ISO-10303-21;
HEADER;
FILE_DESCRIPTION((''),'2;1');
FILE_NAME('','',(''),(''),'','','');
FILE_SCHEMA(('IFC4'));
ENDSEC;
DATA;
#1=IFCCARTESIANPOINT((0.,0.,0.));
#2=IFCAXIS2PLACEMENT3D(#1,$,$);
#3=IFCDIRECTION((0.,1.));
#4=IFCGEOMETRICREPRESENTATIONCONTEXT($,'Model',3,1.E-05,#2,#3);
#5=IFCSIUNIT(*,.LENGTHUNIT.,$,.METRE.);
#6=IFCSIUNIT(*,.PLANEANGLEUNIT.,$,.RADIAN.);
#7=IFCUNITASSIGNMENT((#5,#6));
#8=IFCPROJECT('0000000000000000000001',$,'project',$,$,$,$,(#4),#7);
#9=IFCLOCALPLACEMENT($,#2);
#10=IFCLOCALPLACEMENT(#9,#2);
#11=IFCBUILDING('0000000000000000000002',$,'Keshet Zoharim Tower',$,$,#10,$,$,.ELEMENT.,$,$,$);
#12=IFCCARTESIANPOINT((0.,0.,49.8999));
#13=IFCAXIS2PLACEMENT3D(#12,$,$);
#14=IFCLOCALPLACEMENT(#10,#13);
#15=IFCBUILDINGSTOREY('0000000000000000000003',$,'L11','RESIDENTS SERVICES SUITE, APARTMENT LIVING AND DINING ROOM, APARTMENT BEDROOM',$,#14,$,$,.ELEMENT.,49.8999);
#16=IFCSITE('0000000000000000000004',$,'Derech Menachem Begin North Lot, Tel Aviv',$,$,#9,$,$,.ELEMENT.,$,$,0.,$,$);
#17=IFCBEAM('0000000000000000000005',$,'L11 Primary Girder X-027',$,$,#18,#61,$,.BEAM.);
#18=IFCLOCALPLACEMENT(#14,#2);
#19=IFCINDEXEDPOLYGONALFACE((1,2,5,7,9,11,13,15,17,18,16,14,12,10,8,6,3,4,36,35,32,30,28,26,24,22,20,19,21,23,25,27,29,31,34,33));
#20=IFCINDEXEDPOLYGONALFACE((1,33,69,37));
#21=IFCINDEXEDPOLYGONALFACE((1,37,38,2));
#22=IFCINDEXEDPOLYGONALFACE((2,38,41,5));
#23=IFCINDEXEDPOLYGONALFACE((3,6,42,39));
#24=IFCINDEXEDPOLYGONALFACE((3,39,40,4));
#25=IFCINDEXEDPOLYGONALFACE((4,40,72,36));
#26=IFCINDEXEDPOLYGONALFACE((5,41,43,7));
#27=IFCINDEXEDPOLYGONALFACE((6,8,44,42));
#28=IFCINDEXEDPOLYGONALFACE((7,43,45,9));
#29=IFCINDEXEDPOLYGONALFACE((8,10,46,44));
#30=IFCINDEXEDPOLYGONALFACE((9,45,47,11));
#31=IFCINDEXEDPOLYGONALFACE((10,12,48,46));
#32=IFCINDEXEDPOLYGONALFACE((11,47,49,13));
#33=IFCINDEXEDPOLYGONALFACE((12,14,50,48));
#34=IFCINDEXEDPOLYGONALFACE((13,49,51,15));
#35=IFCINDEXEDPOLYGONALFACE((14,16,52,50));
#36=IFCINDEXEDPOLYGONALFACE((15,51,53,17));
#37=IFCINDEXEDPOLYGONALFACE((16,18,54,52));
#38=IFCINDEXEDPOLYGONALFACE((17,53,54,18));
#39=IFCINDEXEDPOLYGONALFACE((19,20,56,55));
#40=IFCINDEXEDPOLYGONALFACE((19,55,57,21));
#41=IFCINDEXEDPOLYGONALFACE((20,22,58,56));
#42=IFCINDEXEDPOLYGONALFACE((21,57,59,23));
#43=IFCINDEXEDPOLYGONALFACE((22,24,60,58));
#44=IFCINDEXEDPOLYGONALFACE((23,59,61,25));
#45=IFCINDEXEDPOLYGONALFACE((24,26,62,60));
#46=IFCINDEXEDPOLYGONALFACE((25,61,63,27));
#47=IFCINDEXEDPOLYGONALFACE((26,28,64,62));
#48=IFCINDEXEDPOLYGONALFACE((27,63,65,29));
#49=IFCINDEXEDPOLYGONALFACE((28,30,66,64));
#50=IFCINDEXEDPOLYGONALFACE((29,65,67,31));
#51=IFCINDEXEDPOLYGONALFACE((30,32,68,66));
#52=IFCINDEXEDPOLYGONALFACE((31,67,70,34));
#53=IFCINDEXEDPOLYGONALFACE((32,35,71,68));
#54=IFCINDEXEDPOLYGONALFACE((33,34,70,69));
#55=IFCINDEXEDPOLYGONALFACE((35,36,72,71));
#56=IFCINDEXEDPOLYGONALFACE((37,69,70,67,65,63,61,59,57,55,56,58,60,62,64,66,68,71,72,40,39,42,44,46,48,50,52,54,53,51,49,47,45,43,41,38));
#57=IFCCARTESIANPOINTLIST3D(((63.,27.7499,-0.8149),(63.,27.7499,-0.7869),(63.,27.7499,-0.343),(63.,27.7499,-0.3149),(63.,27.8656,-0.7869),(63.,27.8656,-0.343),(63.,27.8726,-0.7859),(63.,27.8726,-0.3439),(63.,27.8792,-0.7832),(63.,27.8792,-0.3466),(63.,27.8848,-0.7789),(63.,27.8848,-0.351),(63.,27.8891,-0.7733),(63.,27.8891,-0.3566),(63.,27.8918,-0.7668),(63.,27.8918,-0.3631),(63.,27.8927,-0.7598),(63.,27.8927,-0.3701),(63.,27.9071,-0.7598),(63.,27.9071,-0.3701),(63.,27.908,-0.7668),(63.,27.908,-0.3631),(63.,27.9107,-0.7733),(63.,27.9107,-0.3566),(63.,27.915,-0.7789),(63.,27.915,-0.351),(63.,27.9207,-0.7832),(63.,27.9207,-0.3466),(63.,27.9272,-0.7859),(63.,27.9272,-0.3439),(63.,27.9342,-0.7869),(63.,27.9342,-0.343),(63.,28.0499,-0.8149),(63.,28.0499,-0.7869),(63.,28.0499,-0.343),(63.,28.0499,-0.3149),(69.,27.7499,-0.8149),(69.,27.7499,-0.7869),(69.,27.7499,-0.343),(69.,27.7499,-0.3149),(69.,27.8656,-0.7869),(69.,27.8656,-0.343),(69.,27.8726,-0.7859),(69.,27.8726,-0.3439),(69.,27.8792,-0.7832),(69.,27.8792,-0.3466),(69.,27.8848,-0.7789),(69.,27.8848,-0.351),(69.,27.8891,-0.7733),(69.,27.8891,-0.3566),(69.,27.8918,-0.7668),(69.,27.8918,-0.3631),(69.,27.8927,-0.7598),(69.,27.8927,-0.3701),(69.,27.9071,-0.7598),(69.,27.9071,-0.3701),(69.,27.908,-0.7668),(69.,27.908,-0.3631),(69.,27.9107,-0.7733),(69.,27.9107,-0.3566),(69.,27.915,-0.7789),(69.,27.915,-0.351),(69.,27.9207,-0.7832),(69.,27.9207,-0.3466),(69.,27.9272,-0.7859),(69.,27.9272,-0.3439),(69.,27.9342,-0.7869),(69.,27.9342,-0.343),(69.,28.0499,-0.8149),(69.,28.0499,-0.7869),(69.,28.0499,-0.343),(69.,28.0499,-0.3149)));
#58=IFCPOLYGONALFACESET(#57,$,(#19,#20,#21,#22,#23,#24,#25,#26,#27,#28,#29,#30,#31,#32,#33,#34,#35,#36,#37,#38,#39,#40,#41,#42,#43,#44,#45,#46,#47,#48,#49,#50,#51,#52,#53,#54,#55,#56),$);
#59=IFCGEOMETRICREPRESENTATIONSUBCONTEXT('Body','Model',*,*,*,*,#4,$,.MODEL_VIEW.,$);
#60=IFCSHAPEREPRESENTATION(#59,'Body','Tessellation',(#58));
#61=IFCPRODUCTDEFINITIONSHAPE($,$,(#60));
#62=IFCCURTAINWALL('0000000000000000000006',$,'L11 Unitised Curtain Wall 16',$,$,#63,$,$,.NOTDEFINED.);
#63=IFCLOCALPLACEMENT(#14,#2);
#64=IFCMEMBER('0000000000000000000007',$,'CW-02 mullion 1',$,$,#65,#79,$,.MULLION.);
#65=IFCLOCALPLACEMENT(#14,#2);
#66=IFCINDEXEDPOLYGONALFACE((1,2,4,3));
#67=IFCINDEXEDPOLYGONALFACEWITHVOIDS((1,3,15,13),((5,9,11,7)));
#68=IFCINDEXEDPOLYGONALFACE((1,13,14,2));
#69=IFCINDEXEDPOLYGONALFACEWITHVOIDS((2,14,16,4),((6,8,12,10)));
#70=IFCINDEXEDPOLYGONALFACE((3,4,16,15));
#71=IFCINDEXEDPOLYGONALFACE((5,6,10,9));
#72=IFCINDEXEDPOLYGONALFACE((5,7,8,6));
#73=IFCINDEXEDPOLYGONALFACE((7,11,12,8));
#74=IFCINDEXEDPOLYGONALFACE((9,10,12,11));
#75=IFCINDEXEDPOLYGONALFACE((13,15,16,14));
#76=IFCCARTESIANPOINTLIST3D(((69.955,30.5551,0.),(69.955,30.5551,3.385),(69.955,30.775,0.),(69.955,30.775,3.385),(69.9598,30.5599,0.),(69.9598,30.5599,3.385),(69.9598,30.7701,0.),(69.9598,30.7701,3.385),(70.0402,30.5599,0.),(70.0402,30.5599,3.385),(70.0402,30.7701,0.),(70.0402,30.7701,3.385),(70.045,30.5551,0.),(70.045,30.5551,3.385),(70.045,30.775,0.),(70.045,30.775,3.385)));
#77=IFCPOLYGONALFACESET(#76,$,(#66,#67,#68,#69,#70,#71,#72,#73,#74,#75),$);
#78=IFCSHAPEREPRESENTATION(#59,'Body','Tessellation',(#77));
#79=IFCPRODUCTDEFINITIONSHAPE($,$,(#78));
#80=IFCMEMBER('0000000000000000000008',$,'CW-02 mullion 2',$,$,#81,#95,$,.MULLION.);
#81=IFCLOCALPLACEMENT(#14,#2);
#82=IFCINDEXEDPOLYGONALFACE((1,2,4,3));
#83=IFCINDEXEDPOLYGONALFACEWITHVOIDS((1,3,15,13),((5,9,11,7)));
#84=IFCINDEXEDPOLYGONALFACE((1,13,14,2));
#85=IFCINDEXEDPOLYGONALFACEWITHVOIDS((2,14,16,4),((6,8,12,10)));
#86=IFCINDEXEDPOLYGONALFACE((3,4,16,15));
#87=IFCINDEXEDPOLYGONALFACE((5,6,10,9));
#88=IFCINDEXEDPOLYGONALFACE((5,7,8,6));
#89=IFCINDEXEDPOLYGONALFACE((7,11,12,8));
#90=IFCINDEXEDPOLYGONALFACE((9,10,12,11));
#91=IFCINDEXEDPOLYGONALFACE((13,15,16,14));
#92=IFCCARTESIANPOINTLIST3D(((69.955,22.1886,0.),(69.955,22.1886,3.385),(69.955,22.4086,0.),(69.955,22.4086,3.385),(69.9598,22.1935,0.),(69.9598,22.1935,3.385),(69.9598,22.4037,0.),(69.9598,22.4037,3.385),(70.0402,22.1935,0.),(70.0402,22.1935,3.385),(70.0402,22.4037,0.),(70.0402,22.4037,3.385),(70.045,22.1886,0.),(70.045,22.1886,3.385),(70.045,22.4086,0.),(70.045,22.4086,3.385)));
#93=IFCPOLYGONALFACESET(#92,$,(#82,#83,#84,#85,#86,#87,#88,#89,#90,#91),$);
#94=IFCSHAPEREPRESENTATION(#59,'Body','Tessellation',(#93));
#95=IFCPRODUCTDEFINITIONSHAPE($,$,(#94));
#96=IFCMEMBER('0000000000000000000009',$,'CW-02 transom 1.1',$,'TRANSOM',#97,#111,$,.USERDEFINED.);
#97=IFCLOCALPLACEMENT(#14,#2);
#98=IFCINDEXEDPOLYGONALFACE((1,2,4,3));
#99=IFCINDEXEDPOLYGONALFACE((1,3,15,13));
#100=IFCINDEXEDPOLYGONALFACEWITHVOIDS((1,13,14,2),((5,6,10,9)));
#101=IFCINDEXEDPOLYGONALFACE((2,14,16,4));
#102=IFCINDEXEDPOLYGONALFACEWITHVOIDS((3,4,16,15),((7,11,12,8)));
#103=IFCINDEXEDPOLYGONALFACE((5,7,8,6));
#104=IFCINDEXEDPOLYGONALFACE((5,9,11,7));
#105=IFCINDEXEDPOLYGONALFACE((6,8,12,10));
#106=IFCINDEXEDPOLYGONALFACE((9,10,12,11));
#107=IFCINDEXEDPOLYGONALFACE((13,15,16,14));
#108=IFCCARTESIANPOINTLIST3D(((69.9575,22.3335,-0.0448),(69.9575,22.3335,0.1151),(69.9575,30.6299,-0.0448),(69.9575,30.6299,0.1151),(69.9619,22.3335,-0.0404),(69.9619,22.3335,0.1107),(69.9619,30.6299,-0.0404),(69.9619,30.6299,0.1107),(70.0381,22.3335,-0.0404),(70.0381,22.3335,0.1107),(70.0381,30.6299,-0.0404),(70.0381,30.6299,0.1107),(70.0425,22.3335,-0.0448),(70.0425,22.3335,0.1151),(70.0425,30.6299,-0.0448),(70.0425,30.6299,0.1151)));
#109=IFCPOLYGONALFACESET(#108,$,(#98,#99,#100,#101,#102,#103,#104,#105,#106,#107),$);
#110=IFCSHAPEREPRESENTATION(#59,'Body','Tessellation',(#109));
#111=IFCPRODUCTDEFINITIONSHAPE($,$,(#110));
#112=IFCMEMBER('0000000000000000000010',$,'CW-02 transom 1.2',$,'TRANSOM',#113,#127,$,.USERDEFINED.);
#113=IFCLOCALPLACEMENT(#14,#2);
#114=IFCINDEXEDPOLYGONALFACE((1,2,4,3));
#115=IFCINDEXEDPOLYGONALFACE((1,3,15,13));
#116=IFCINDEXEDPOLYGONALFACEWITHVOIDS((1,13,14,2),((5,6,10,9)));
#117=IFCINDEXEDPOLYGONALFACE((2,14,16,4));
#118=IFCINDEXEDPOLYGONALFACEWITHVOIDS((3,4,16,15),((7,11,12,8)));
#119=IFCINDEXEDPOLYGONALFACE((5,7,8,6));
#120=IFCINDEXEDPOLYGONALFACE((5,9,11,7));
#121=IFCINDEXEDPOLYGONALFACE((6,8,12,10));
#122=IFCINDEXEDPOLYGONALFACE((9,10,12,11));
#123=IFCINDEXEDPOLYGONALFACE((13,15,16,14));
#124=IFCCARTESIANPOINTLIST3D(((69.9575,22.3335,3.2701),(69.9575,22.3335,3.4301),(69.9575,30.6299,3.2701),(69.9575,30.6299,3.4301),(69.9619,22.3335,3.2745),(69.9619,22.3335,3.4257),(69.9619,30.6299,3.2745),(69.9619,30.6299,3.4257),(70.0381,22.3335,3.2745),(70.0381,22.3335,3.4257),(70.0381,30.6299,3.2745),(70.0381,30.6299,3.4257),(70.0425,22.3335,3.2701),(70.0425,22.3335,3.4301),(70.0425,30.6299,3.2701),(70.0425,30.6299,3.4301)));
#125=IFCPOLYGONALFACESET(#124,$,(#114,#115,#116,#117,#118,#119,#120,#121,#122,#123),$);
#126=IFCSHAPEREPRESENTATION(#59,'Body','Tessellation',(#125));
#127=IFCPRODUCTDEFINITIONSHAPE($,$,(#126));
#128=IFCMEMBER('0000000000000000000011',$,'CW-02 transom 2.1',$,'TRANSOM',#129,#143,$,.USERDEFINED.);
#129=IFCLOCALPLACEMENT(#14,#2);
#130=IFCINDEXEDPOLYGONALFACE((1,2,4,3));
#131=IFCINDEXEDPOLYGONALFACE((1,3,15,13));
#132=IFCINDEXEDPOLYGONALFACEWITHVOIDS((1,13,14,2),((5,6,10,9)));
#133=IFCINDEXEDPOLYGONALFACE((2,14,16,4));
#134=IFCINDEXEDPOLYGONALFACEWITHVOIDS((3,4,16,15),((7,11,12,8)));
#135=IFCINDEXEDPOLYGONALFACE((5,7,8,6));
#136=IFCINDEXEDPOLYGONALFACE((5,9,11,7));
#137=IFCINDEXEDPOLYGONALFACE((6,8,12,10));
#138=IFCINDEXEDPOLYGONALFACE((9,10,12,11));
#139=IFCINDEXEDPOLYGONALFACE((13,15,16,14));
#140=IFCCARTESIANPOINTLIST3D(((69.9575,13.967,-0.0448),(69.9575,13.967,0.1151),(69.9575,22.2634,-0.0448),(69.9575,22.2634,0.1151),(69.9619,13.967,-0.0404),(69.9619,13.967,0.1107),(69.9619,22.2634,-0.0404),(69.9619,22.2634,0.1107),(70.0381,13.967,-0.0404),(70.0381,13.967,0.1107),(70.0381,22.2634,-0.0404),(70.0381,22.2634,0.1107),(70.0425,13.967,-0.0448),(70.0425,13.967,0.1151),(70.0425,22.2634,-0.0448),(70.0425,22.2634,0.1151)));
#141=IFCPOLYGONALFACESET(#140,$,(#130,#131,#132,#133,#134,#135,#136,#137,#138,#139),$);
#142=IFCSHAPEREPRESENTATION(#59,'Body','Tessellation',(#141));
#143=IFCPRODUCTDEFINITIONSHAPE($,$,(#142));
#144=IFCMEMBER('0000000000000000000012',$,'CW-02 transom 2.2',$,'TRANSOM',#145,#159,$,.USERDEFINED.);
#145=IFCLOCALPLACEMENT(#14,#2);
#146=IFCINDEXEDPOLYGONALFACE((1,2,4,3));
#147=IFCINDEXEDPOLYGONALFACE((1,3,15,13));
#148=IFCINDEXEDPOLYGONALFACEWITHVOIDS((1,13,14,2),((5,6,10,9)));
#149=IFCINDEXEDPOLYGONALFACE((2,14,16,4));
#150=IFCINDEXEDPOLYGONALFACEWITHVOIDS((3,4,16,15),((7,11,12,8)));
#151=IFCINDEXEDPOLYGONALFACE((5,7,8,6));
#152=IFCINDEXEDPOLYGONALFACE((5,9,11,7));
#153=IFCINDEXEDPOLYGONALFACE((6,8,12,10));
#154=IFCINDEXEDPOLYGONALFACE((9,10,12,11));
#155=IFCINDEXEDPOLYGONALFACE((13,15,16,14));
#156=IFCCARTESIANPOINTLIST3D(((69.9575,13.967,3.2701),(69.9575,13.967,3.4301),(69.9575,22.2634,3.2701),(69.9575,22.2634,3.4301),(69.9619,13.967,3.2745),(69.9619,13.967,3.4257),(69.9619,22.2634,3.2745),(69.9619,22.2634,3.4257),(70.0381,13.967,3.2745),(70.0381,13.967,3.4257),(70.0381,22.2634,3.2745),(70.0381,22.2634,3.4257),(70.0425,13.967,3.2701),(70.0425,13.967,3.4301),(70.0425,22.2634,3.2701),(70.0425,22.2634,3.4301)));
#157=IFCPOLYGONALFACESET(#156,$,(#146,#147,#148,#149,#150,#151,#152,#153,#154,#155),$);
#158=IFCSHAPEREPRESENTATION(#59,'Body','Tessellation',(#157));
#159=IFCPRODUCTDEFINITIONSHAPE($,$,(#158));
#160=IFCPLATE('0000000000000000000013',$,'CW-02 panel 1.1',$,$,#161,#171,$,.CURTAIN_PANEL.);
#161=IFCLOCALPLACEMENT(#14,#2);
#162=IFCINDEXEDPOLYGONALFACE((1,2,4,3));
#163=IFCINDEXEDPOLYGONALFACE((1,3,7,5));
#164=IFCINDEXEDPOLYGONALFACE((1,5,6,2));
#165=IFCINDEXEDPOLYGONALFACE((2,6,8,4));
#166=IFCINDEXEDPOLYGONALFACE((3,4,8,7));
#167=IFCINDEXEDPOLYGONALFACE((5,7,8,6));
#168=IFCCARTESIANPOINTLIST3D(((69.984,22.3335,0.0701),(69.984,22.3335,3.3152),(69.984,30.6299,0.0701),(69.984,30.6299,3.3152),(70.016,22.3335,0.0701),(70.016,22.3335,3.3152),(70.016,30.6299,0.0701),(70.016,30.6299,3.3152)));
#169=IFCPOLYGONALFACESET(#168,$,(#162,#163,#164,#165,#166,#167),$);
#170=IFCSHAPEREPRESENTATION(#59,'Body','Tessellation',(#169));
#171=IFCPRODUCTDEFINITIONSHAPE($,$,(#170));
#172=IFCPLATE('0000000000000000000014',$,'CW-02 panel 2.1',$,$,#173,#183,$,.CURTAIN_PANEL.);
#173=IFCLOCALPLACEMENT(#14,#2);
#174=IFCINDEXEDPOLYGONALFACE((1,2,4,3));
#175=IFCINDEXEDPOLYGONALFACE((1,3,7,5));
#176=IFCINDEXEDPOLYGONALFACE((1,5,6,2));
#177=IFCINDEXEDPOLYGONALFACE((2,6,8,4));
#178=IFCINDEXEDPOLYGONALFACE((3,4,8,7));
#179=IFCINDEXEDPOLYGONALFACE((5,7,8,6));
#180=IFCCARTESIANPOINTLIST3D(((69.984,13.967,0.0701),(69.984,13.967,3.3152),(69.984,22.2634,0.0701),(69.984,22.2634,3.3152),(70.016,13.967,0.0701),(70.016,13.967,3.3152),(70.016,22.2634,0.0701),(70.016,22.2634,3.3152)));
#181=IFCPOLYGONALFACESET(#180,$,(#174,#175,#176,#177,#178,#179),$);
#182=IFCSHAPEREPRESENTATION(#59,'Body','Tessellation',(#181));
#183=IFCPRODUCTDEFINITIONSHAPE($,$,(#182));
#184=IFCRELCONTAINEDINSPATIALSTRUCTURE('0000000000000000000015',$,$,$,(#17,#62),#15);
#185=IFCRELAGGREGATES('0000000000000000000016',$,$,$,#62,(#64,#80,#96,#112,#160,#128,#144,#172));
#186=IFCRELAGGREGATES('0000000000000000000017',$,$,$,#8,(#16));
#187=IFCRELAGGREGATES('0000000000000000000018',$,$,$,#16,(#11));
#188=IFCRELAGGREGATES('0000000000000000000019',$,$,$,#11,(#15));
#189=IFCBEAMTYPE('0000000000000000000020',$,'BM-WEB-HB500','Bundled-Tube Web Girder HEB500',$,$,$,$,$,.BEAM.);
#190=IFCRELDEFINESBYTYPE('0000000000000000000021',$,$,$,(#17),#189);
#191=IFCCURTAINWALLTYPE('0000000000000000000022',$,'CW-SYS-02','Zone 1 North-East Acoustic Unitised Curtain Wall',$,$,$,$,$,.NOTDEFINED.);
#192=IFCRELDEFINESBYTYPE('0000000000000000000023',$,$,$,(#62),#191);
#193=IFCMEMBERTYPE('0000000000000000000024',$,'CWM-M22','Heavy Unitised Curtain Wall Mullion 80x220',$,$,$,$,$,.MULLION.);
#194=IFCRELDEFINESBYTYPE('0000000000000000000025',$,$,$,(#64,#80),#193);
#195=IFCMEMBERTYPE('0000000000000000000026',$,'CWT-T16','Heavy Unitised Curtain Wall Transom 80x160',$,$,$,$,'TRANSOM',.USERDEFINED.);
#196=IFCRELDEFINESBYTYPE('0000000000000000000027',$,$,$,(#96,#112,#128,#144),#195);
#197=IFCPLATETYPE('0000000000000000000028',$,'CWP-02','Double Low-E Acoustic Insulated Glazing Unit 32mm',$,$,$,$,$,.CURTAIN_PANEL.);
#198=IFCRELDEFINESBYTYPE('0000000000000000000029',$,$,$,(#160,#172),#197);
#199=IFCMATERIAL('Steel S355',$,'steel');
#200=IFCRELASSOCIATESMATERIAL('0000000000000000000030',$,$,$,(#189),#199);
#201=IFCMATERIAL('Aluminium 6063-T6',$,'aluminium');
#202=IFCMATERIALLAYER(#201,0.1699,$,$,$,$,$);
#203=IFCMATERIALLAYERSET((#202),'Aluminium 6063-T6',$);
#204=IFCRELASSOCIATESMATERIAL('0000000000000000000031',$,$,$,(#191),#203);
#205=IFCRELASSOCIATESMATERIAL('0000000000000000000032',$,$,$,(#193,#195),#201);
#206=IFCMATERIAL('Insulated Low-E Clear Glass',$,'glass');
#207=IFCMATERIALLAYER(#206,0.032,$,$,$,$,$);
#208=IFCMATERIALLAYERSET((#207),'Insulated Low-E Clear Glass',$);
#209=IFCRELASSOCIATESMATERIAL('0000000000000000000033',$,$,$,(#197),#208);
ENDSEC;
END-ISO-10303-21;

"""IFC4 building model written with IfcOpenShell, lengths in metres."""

from ifc_helpers import new_model, si_unit, direction, frame, origin, origin_2d, place, context, subcontext, project, spatial, rectangle, hollow_rectangle, i_section, extrude, material, layer, layer_set, material_profile, profile_set, type_object, element, aggregate, save


model = new_model("IFC4")

# Units and contexts
model_context = context("Model", 3, precision=1e-05, world=origin(), true_north=direction((0.0, 1.0)))
body_context = subcontext(model_context, "Body", "Model", "MODEL_VIEW")
ifc_project = project(units=[si_unit("LENGTHUNIT", "METRE"), si_unit("PLANEANGLEUNIT", "RADIAN")], contexts=[model_context])

# Site, building, storey
site_placement = place(None, origin())
site = spatial("IfcSite", under=ifc_project, at=site_placement, Name="Derech Menachem Begin North Lot, Tel Aviv", CompositionType="ELEMENT", RefElevation=0.0)
building_placement = place(site_placement, origin())
building = spatial("IfcBuilding", under=site, at=building_placement, Name="Keshet Zoharim Tower", CompositionType="ELEMENT")
storey_placement = place(building_placement, frame((0.0, 0.0, 49.8999)))
storey = spatial("IfcBuildingStorey", under=building, at=storey_placement, Name="L11", Description="RESIDENTS SERVICES SUITE, APARTMENT LIVING AND DINING ROOM, APARTMENT BEDROOM", CompositionType="ELEMENT", Elevation=49.8999)

# Shared definitions
ifc_material_1 = material(Name="Steel S355", Category="steel")

# Beam
ifc_material_profile_1 = material_profile(ifc_material_1, i_section(OverallWidth=0.3, OverallDepth=0.5, WebThickness=0.0144, FlangeThickness=0.0281, FilletRadius=0.0271, at=origin_2d()), Name="HEB500")
ifc_profile_set_1 = profile_set([ifc_material_profile_1], Name="Steel S355")
beam_type_1 = type_object("IfcBeamType", Name="BM-WEB-HB500", Description="Bundled-Tube Web Girder HEB500", PredefinedType="BEAM", material=ifc_profile_set_1)
for number, where, z_axis, x_axis, name in (
    (1, (63.0, 27.8999, -0.5649), (1.0, 0.0, 0.0), (0.0, 1.0, 0.0), "L11 Primary Girder X-027"),
):
    element("IfcBeam", number, at=place(storey_placement, frame(where, z_axis=z_axis, x_axis=x_axis)), inside=storey, type_object=beam_type_1, Name=name, PredefinedType="BEAM", context=body_context, shape_type="SweptSolid", body=[
        extrude(i_section(OverallWidth=0.3, OverallDepth=0.5, WebThickness=0.0144, FlangeThickness=0.0281, FilletRadius=0.0271, at=origin_2d()), origin(), (0.0, 0.0, 1.0), 6.0),
    ])

# Curtain wall, members, plates
ifc_material_2 = material(Name="Aluminium 6063-T6", Category="aluminium")
ifc_layer_1 = layer(ifc_material_2, 0.1699)
ifc_layer_set_1 = layer_set([ifc_layer_1], Name="Aluminium 6063-T6")
curtain_wall_type = type_object("IfcCurtainWallType", Name="CW-SYS-02", Description="Zone 1 North-East Acoustic Unitised Curtain Wall", PredefinedType="NOTDEFINED", material=ifc_layer_set_1)
curtain_wall_placement = place(storey_placement, origin())
curtain_wall = element("IfcCurtainWall", 2, at=curtain_wall_placement, inside=storey, type_object=curtain_wall_type, Name="L11 Unitised Curtain Wall 16", PredefinedType="NOTDEFINED")
ifc_material_profile_2 = material_profile(ifc_material_2, hollow_rectangle(XDim=0.0901, YDim=0.22, WallThickness=0.0049, at=origin_2d()), Name="MUL-90x220")
ifc_profile_set_2 = profile_set([ifc_material_profile_2], Name="Aluminium 6063-T6")
member_type_1 = type_object("IfcMemberType", Name="CWM-M22", Description="Heavy Unitised Curtain Wall Mullion 80x220", PredefinedType="MULLION", material=ifc_profile_set_2)
member_1_placement = place(storey_placement, frame((70.0, 30.665, 0.0), z_axis=(0.0, 0.0, 1.0), x_axis=(1.0, 0.0, 0.0)))
member_1 = element("IfcMember", 3, at=member_1_placement, type_object=member_type_1, Name="CW-02 mullion 1", PredefinedType="MULLION", context=body_context, shape_type="SweptSolid", body=[
    extrude(hollow_rectangle(XDim=0.0901, YDim=0.22, WallThickness=0.0049, at=origin_2d()), origin(), (0.0, 0.0, 1.0), 3.385),
])
member_2_placement = place(storey_placement, frame((70.0, 22.2986, 0.0), z_axis=(0.0, 0.0, 1.0), x_axis=(1.0, 0.0, 0.0)))
member_2 = element("IfcMember", 4, at=member_2_placement, type_object=member_type_1, Name="CW-02 mullion 2", PredefinedType="MULLION", context=body_context, shape_type="SweptSolid", body=[
    extrude(hollow_rectangle(XDim=0.0901, YDim=0.22, WallThickness=0.0049, at=origin_2d()), origin(), (0.0, 0.0, 1.0), 3.385),
])
ifc_material_profile_3 = material_profile(ifc_material_2, hollow_rectangle(XDim=0.085, YDim=0.1599, WallThickness=0.0044, at=origin_2d()), Name="TRN-85x160")
ifc_profile_set_3 = profile_set([ifc_material_profile_3], Name="Aluminium 6063-T6")
member_type_2 = type_object("IfcMemberType", Name="CWT-T16", Description="Heavy Unitised Curtain Wall Transom 80x160", ElementType="TRANSOM", PredefinedType="USERDEFINED", material=ifc_profile_set_3)
member_3_placement = place(storey_placement, frame((70.0, 30.6299, 0.0352), z_axis=(0.0, -1.0, 0.0), x_axis=(1.0, 0.0, 0.0)))
member_3 = element("IfcMember", 5, at=member_3_placement, type_object=member_type_2, Name="CW-02 transom 1.1", ObjectType="TRANSOM", PredefinedType="USERDEFINED", context=body_context, shape_type="SweptSolid", body=[
    extrude(hollow_rectangle(XDim=0.085, YDim=0.1599, WallThickness=0.0044, at=origin_2d()), origin(), (0.0, 0.0, 1.0), 8.2964),
])
member_4_placement = place(storey_placement, frame((70.0, 30.6299, 3.3501), z_axis=(0.0, -1.0, 0.0), x_axis=(1.0, 0.0, 0.0)))
member_4 = element("IfcMember", 6, at=member_4_placement, type_object=member_type_2, Name="CW-02 transom 1.2", ObjectType="TRANSOM", PredefinedType="USERDEFINED", context=body_context, shape_type="SweptSolid", body=[
    extrude(hollow_rectangle(XDim=0.085, YDim=0.1599, WallThickness=0.0044, at=origin_2d()), origin(), (0.0, 0.0, 1.0), 8.2964),
])
member_5_placement = place(storey_placement, frame((70.0, 22.2634, 0.0352), z_axis=(0.0, -1.0, 0.0), x_axis=(1.0, 0.0, 0.0)))
member_5 = element("IfcMember", 7, at=member_5_placement, type_object=member_type_2, Name="CW-02 transom 2.1", ObjectType="TRANSOM", PredefinedType="USERDEFINED", context=body_context, shape_type="SweptSolid", body=[
    extrude(hollow_rectangle(XDim=0.085, YDim=0.1599, WallThickness=0.0044, at=origin_2d()), origin(), (0.0, 0.0, 1.0), 8.2964),
])
member_6_placement = place(storey_placement, frame((70.0, 22.2634, 3.3501), z_axis=(0.0, -1.0, 0.0), x_axis=(1.0, 0.0, 0.0)))
member_6 = element("IfcMember", 8, at=member_6_placement, type_object=member_type_2, Name="CW-02 transom 2.2", ObjectType="TRANSOM", PredefinedType="USERDEFINED", context=body_context, shape_type="SweptSolid", body=[
    extrude(hollow_rectangle(XDim=0.085, YDim=0.1599, WallThickness=0.0044, at=origin_2d()), origin(), (0.0, 0.0, 1.0), 8.2964),
])
ifc_material_3 = material(Name="Insulated Low-E Clear Glass", Category="glass")
ifc_layer_2 = layer(ifc_material_3, 0.032)
ifc_layer_set_2 = layer_set([ifc_layer_2], Name="Insulated Low-E Clear Glass")
plate_type = type_object("IfcPlateType", Name="CWP-02", Description="Double Low-E Acoustic Insulated Glazing Unit 32mm", PredefinedType="CURTAIN_PANEL", material=ifc_layer_set_2)
plate_1_placement = place(storey_placement, frame((70.0, 26.4817, 0.0701), z_axis=(0.0, 0.0, 1.0), x_axis=(0.0, -1.0, 0.0)))
plate_1 = element("IfcPlate", 9, at=plate_1_placement, type_object=plate_type, Name="CW-02 panel 1.1", PredefinedType="CURTAIN_PANEL", context=body_context, shape_type="SweptSolid", body=[
    extrude(rectangle(XDim=8.2964, YDim=0.032, at=origin_2d()), origin(), (0.0, 0.0, 1.0), 3.2451),
])
plate_2_placement = place(storey_placement, frame((70.0, 18.1152, 0.0701), z_axis=(0.0, 0.0, 1.0), x_axis=(0.0, -1.0, 0.0)))
plate_2 = element("IfcPlate", 10, at=plate_2_placement, type_object=plate_type, Name="CW-02 panel 2.1", PredefinedType="CURTAIN_PANEL", context=body_context, shape_type="SweptSolid", body=[
    extrude(rectangle(XDim=8.2964, YDim=0.032, at=origin_2d()), origin(), (0.0, 0.0, 1.0), 3.2451),
])
aggregate(curtain_wall, [member_1, member_2, member_3, member_4, plate_1, member_5, member_6, plate_2])

save(model, "model.ifc")
